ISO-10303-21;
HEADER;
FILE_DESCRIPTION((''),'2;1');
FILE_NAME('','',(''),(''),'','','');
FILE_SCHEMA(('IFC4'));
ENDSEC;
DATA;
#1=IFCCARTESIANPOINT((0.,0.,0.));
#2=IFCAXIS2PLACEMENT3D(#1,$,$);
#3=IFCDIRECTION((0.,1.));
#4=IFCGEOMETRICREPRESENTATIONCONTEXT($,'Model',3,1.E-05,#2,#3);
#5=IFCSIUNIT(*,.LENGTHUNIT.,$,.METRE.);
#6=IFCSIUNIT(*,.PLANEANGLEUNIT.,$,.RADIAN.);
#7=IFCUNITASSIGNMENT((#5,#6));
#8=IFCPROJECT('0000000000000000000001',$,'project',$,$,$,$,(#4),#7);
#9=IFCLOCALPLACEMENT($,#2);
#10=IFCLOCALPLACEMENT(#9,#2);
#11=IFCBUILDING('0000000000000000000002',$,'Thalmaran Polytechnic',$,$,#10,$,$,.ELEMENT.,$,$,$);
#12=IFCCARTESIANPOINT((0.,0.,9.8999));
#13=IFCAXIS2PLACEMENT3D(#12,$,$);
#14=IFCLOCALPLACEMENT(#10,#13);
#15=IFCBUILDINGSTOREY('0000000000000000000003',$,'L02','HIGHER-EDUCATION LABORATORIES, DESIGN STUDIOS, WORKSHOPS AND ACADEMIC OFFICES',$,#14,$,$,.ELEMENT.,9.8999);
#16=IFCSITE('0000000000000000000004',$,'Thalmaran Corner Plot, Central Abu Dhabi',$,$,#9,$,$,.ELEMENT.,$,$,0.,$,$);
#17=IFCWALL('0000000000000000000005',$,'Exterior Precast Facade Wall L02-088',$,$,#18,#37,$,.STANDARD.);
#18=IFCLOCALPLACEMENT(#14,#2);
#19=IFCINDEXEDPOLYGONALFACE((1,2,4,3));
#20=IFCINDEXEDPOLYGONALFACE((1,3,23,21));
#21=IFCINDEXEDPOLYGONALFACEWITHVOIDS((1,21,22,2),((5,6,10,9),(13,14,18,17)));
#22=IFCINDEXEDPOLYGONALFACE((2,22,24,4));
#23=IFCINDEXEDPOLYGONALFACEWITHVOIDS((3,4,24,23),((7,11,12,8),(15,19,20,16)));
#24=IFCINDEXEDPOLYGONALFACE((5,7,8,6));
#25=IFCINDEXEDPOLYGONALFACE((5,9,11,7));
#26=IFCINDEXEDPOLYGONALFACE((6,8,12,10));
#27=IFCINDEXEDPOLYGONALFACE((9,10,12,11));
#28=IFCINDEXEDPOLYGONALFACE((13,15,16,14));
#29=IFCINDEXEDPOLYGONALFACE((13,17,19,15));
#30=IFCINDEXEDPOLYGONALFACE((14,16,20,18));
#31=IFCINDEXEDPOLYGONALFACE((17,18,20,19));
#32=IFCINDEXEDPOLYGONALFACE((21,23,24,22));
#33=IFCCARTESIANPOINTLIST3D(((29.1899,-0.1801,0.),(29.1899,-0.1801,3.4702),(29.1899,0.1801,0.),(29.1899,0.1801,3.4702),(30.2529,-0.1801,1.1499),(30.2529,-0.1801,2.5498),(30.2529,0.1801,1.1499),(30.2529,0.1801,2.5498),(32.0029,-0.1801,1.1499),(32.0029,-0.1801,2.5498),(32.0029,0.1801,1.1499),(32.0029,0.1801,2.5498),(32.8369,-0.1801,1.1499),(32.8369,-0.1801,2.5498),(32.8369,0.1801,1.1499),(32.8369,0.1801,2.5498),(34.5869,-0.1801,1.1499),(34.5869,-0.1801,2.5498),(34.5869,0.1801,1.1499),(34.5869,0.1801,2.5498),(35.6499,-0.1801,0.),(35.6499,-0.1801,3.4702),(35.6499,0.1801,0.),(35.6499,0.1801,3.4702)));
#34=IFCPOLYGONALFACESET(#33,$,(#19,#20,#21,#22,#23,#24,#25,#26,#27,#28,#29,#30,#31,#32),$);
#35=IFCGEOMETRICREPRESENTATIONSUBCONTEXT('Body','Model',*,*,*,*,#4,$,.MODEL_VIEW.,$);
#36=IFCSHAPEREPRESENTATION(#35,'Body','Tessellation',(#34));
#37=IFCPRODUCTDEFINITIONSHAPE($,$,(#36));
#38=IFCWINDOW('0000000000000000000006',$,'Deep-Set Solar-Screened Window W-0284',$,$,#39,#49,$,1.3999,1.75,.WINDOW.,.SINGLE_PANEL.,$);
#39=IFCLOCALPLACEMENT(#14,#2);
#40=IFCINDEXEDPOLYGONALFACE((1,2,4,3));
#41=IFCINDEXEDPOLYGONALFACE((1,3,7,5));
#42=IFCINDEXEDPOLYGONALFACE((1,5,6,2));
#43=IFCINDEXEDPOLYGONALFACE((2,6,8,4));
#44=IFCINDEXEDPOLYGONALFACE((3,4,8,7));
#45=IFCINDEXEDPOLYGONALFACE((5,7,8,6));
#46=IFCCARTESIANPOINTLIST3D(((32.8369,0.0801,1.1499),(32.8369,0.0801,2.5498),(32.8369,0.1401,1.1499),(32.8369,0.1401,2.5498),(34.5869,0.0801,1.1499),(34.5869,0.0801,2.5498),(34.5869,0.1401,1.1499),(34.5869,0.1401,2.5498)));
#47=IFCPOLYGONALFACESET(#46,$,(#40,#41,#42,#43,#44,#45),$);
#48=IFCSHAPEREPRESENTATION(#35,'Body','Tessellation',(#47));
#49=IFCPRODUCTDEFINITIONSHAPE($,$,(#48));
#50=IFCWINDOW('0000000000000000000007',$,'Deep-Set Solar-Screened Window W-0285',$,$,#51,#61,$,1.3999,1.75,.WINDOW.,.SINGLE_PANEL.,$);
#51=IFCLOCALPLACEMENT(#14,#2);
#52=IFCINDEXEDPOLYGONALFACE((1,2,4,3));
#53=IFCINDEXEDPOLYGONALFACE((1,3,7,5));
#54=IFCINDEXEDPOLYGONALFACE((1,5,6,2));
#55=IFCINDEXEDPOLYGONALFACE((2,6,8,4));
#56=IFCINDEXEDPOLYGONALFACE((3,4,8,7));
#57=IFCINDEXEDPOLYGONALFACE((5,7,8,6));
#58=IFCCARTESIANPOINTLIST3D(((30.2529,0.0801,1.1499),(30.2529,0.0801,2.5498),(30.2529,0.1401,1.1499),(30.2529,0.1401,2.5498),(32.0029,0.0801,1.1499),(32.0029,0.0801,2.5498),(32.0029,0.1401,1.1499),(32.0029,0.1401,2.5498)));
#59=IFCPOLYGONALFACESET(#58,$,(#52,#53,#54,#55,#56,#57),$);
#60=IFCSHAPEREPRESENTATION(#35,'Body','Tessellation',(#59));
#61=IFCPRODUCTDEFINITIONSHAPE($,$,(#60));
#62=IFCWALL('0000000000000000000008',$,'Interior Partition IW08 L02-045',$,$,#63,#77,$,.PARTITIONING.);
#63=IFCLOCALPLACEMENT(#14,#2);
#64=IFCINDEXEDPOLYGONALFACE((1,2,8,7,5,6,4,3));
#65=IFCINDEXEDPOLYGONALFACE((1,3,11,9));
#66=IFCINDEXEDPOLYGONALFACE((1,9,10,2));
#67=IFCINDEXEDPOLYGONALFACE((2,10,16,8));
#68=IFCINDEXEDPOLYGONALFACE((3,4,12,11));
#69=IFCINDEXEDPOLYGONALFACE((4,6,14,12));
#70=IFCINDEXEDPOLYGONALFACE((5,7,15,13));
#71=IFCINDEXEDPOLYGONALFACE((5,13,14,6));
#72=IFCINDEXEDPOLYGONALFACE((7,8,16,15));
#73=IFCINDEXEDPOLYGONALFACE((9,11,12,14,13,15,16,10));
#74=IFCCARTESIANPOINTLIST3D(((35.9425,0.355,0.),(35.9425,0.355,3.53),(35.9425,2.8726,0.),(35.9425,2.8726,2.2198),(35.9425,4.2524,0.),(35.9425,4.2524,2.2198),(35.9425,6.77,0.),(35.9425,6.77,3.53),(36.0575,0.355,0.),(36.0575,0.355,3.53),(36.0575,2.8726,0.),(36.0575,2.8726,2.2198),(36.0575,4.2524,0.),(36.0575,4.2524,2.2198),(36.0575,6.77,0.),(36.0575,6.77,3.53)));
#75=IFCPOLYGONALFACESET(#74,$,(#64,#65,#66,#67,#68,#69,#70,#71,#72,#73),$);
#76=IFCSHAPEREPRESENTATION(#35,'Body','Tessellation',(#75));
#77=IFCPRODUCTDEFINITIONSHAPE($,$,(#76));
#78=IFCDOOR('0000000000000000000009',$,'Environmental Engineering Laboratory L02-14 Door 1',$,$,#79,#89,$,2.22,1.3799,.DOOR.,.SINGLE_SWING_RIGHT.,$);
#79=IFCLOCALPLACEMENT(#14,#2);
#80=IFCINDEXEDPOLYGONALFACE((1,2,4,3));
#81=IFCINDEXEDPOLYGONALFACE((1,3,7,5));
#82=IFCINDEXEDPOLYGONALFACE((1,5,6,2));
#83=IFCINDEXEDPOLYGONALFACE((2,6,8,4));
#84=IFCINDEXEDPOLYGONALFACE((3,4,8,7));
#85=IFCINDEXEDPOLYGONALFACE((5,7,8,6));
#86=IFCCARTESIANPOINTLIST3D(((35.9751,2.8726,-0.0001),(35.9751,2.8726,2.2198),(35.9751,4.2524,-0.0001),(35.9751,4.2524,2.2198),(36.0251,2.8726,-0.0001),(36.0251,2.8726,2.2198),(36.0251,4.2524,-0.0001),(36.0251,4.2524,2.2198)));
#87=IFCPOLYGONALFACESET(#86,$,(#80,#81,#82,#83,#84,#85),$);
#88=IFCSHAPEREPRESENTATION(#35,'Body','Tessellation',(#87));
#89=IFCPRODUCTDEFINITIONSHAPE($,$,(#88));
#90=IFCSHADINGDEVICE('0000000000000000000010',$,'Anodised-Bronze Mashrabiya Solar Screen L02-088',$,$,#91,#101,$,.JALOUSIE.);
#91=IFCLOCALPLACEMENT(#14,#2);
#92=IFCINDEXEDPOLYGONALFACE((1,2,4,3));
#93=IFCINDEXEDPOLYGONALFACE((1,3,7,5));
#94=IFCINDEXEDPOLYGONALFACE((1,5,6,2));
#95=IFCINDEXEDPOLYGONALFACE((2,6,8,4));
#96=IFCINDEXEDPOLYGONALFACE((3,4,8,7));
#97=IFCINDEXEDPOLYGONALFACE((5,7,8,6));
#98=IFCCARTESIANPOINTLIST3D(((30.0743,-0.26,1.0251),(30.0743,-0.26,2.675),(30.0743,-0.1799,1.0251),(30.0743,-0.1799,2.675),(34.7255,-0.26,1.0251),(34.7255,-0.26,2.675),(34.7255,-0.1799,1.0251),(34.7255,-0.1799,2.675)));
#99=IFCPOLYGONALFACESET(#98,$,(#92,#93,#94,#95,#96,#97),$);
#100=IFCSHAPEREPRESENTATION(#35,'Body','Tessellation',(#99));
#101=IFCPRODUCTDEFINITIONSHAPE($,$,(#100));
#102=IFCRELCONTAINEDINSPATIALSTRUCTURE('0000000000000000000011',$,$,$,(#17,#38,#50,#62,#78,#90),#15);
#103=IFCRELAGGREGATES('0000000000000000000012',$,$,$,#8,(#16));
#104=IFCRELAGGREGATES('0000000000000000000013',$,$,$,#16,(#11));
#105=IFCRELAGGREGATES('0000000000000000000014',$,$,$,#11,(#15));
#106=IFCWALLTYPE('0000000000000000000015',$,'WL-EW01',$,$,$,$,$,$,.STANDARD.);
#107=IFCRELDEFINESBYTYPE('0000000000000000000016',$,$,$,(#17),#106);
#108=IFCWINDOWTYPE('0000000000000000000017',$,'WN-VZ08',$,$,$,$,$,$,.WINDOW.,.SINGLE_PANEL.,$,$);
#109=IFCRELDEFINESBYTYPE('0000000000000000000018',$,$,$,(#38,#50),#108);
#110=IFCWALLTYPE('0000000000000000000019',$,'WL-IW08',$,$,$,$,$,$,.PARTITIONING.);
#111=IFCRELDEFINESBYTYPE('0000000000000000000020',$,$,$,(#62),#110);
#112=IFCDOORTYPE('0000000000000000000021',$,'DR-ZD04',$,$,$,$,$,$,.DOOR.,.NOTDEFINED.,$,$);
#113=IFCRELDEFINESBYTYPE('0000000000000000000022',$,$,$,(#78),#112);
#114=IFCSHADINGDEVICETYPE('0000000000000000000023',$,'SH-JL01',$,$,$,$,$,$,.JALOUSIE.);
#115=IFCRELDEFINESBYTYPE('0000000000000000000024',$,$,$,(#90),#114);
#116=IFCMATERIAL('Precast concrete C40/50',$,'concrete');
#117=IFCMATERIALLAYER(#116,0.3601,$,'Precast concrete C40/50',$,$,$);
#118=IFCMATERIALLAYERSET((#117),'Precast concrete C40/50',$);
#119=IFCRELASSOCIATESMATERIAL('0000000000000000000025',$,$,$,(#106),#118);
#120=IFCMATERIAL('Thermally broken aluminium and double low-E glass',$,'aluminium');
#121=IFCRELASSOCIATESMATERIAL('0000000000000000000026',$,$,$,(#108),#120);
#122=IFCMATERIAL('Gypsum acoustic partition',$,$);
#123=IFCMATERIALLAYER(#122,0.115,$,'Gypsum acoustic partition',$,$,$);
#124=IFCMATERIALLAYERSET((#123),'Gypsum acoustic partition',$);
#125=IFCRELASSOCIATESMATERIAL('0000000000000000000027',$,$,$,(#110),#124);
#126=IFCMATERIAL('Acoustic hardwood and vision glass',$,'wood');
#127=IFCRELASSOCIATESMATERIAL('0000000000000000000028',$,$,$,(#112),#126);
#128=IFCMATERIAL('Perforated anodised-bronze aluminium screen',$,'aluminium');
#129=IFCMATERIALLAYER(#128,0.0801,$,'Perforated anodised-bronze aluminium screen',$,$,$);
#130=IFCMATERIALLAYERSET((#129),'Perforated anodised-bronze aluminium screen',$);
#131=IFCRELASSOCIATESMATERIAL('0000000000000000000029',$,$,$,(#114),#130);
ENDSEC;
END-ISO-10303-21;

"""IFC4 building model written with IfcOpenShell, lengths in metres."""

from ifc_helpers import new_model, si_unit, direction, frame, frame_2d, origin, origin_2d, place, context, subcontext, project, spatial, rectangle, extrude, material, layer, layer_set, type_object, element, fill, save


model = new_model("IFC4")

# Units and contexts
model_context = context("Model", 3, precision=1e-05, world=origin(), true_north=direction((0.0, 1.0)))
body_context = subcontext(model_context, "Body", "Model", "MODEL_VIEW")
ifc_project = project(units=[si_unit("LENGTHUNIT", "METRE"), si_unit("PLANEANGLEUNIT", "RADIAN")], contexts=[model_context])

# Site, building, storey
site_placement = place(None, origin())
site = spatial("IfcSite", under=ifc_project, at=site_placement, Name="Thalmaran Corner Plot, Central Abu Dhabi", CompositionType="ELEMENT", RefElevation=0.0)
building_placement = place(site_placement, origin())
building = spatial("IfcBuilding", under=site, at=building_placement, Name="Thalmaran Polytechnic", CompositionType="ELEMENT")
storey_placement = place(building_placement, frame((0.0, 0.0, 9.8999)))
storey = spatial("IfcBuildingStorey", under=building, at=storey_placement, Name="L02", Description="HIGHER-EDUCATION LABORATORIES, DESIGN STUDIOS, WORKSHOPS AND ACADEMIC OFFICES", CompositionType="ELEMENT", Elevation=9.8999)

# Wall, openings, windows
ifc_material_1 = material(Name="Precast concrete C40/50", Category="concrete")
ifc_layer_1 = layer(ifc_material_1, 0.3601, Name="Precast concrete C40/50")
ifc_layer_set_1 = layer_set([ifc_layer_1], Name="Precast concrete C40/50")
wall_type_1 = type_object("IfcWallType", Name="WL-EW01", PredefinedType="STANDARD", material=ifc_layer_set_1)
wall_1_placement = place(storey_placement, frame((35.6499, 0.0, 0.0), z_axis=(0.0, 0.0, 1.0), x_axis=(-1.0, 0.0, 0.0)))
wall_1 = element("IfcWall", 1, at=wall_1_placement, inside=storey, type_object=wall_type_1, Name="Exterior Precast Facade Wall L02-088", PredefinedType="STANDARD", context=body_context, shape_type="SweptSolid", body=[
    extrude(rectangle(XDim=6.46, YDim=0.3601, at=frame_2d((3.23, 0.0))), origin(), (0.0, 0.0, 1.0), 3.4702),
])
opening_1_placement = place(wall_1_placement, frame((1.063, 0.0, 1.1499)))
opening_1 = element("IfcOpeningElement", 2, at=opening_1_placement, cuts=wall_1, PredefinedType="OPENING", context=body_context, shape_type="SweptSolid", body=[
    extrude(rectangle(XDim=1.75, YDim=1.3999, at=frame_2d((0.875, 0.7))), frame((0.0, 0.1899, 0.0), z_axis=(0.0, -1.0, 0.0), x_axis=(1.0, 0.0, 0.0)), (0.0, 0.0, 1.0), 0.3801),
])
opening_2_placement = place(wall_1_placement, frame((3.647, 0.0, 1.1499)))
opening_2 = element("IfcOpeningElement", 3, at=opening_2_placement, cuts=wall_1, PredefinedType="OPENING", context=body_context, shape_type="SweptSolid", body=[
    extrude(rectangle(XDim=1.75, YDim=1.3999, at=frame_2d((0.875, 0.7))), frame((0.0, 0.1899, 0.0), z_axis=(0.0, -1.0, 0.0), x_axis=(1.0, 0.0, 0.0)), (0.0, 0.0, 1.0), 0.3801),
])
ifc_material_2 = material(Name="Thermally broken aluminium and double low-E glass", Category="aluminium")
window_type = type_object("IfcWindowType", Name="WN-VZ08", PartitioningType="SINGLE_PANEL", PredefinedType="WINDOW", material=ifc_material_2)
window_1_placement = place(opening_1_placement, origin())
window_1 = element("IfcWindow", 4, at=window_1_placement, inside=storey, type_object=window_type, Name="Deep-Set Solar-Screened Window W-0284", OverallHeight=1.3999, OverallWidth=1.75, PartitioningType="SINGLE_PANEL", PredefinedType="WINDOW", context=body_context, shape_type="SweptSolid", body=[
    extrude(rectangle(XDim=1.75, YDim=1.3999, at=frame_2d((0.875, 0.7))), frame((0.0, -0.0801, 0.0), z_axis=(0.0, -1.0, 0.0), x_axis=(1.0, 0.0, 0.0)), (0.0, 0.0, 1.0), 0.0601),
])
fill(opening_1, window_1)
window_2_placement = place(opening_2_placement, origin())
window_2 = element("IfcWindow", 5, at=window_2_placement, inside=storey, type_object=window_type, Name="Deep-Set Solar-Screened Window W-0285", OverallHeight=1.3999, OverallWidth=1.75, PartitioningType="SINGLE_PANEL", PredefinedType="WINDOW", context=body_context, shape_type="SweptSolid", body=[
    extrude(rectangle(XDim=1.75, YDim=1.3999, at=frame_2d((0.875, 0.7))), frame((0.0, -0.0801, 0.0), z_axis=(0.0, -1.0, 0.0), x_axis=(1.0, 0.0, 0.0)), (0.0, 0.0, 1.0), 0.0601),
])
fill(opening_2, window_2)

# Wall, opening, door
ifc_material_3 = material(Name="Gypsum acoustic partition")
ifc_layer_2 = layer(ifc_material_3, 0.115, Name="Gypsum acoustic partition")
ifc_layer_set_2 = layer_set([ifc_layer_2], Name="Gypsum acoustic partition")
wall_type_2 = type_object("IfcWallType", Name="WL-IW08", PredefinedType="PARTITIONING", material=ifc_layer_set_2)
wall_2_placement = place(storey_placement, frame((36.0, 0.355, 0.0), z_axis=(0.0, 0.0, 1.0), x_axis=(0.0, 1.0, 0.0)))
wall_2 = element("IfcWall", 6, at=wall_2_placement, inside=storey, type_object=wall_type_2, Name="Interior Partition IW08 L02-045", PredefinedType="PARTITIONING", context=body_context, shape_type="SweptSolid", body=[
    extrude(rectangle(XDim=6.415, YDim=0.115, at=frame_2d((3.2075, 0.0))), origin(), (0.0, 0.0, 1.0), 3.53),
])
opening_3_placement = place(wall_2_placement, frame((2.5176, 0.0, 0.0)))
opening_3 = element("IfcOpeningElement", 7, at=opening_3_placement, cuts=wall_2, PredefinedType="OPENING", context=body_context, shape_type="SweptSolid", body=[
    extrude(rectangle(XDim=1.3799, YDim=2.22, at=frame_2d((0.6899, 1.1099))), frame((0.0, 0.0674, 0.0), z_axis=(0.0, -1.0, 0.0), x_axis=(1.0, 0.0, 0.0)), (0.0, 0.0, 1.0), 0.135),
])
ifc_material_4 = material(Name="Acoustic hardwood and vision glass", Category="wood")
door_type = type_object("IfcDoorType", Name="DR-ZD04", OperationType="NOTDEFINED", PredefinedType="DOOR", material=ifc_material_4)
door_placement = place(opening_3_placement, origin())
door = element("IfcDoor", 8, at=door_placement, inside=storey, type_object=door_type, Name="Environmental Engineering Laboratory L02-14 Door 1", OperationType="SINGLE_SWING_RIGHT", OverallHeight=2.22, OverallWidth=1.3799, PredefinedType="DOOR", context=body_context, shape_type="SweptSolid", body=[
    extrude(rectangle(XDim=1.3799, YDim=2.22, at=frame_2d((0.6899, 1.1099))), frame((0.0, 0.0249, 0.0), z_axis=(0.0, -1.0, 0.0), x_axis=(1.0, 0.0, 0.0)), (0.0, 0.0, 1.0), 0.05),
])
fill(opening_3, door)

# Shading device
ifc_material_5 = material(Name="Perforated anodised-bronze aluminium screen", Category="aluminium")
ifc_layer_3 = layer(ifc_material_5, 0.0801, Name="Perforated anodised-bronze aluminium screen")
ifc_layer_set_3 = layer_set([ifc_layer_3], Name="Perforated anodised-bronze aluminium screen")
shading_device_type = type_object("IfcShadingDeviceType", Name="SH-JL01", PredefinedType="JALOUSIE", material=ifc_layer_set_3)
shading_device_placement = place(storey_placement, frame((32.3999, -0.22, 1.0251), z_axis=(0.0, 0.0, 1.0), x_axis=(-1.0, 0.0, 0.0)))
element("IfcShadingDevice", 9, at=shading_device_placement, inside=storey, type_object=shading_device_type, Name="Anodised-Bronze Mashrabiya Solar Screen L02-088", PredefinedType="JALOUSIE", context=body_context, shape_type="SweptSolid", body=[
    extrude(rectangle(XDim=4.6511, YDim=0.0801, at=origin_2d()), origin(), (0.0, 0.0, 1.0), 1.6499),
])

save(model, "model.ifc")
